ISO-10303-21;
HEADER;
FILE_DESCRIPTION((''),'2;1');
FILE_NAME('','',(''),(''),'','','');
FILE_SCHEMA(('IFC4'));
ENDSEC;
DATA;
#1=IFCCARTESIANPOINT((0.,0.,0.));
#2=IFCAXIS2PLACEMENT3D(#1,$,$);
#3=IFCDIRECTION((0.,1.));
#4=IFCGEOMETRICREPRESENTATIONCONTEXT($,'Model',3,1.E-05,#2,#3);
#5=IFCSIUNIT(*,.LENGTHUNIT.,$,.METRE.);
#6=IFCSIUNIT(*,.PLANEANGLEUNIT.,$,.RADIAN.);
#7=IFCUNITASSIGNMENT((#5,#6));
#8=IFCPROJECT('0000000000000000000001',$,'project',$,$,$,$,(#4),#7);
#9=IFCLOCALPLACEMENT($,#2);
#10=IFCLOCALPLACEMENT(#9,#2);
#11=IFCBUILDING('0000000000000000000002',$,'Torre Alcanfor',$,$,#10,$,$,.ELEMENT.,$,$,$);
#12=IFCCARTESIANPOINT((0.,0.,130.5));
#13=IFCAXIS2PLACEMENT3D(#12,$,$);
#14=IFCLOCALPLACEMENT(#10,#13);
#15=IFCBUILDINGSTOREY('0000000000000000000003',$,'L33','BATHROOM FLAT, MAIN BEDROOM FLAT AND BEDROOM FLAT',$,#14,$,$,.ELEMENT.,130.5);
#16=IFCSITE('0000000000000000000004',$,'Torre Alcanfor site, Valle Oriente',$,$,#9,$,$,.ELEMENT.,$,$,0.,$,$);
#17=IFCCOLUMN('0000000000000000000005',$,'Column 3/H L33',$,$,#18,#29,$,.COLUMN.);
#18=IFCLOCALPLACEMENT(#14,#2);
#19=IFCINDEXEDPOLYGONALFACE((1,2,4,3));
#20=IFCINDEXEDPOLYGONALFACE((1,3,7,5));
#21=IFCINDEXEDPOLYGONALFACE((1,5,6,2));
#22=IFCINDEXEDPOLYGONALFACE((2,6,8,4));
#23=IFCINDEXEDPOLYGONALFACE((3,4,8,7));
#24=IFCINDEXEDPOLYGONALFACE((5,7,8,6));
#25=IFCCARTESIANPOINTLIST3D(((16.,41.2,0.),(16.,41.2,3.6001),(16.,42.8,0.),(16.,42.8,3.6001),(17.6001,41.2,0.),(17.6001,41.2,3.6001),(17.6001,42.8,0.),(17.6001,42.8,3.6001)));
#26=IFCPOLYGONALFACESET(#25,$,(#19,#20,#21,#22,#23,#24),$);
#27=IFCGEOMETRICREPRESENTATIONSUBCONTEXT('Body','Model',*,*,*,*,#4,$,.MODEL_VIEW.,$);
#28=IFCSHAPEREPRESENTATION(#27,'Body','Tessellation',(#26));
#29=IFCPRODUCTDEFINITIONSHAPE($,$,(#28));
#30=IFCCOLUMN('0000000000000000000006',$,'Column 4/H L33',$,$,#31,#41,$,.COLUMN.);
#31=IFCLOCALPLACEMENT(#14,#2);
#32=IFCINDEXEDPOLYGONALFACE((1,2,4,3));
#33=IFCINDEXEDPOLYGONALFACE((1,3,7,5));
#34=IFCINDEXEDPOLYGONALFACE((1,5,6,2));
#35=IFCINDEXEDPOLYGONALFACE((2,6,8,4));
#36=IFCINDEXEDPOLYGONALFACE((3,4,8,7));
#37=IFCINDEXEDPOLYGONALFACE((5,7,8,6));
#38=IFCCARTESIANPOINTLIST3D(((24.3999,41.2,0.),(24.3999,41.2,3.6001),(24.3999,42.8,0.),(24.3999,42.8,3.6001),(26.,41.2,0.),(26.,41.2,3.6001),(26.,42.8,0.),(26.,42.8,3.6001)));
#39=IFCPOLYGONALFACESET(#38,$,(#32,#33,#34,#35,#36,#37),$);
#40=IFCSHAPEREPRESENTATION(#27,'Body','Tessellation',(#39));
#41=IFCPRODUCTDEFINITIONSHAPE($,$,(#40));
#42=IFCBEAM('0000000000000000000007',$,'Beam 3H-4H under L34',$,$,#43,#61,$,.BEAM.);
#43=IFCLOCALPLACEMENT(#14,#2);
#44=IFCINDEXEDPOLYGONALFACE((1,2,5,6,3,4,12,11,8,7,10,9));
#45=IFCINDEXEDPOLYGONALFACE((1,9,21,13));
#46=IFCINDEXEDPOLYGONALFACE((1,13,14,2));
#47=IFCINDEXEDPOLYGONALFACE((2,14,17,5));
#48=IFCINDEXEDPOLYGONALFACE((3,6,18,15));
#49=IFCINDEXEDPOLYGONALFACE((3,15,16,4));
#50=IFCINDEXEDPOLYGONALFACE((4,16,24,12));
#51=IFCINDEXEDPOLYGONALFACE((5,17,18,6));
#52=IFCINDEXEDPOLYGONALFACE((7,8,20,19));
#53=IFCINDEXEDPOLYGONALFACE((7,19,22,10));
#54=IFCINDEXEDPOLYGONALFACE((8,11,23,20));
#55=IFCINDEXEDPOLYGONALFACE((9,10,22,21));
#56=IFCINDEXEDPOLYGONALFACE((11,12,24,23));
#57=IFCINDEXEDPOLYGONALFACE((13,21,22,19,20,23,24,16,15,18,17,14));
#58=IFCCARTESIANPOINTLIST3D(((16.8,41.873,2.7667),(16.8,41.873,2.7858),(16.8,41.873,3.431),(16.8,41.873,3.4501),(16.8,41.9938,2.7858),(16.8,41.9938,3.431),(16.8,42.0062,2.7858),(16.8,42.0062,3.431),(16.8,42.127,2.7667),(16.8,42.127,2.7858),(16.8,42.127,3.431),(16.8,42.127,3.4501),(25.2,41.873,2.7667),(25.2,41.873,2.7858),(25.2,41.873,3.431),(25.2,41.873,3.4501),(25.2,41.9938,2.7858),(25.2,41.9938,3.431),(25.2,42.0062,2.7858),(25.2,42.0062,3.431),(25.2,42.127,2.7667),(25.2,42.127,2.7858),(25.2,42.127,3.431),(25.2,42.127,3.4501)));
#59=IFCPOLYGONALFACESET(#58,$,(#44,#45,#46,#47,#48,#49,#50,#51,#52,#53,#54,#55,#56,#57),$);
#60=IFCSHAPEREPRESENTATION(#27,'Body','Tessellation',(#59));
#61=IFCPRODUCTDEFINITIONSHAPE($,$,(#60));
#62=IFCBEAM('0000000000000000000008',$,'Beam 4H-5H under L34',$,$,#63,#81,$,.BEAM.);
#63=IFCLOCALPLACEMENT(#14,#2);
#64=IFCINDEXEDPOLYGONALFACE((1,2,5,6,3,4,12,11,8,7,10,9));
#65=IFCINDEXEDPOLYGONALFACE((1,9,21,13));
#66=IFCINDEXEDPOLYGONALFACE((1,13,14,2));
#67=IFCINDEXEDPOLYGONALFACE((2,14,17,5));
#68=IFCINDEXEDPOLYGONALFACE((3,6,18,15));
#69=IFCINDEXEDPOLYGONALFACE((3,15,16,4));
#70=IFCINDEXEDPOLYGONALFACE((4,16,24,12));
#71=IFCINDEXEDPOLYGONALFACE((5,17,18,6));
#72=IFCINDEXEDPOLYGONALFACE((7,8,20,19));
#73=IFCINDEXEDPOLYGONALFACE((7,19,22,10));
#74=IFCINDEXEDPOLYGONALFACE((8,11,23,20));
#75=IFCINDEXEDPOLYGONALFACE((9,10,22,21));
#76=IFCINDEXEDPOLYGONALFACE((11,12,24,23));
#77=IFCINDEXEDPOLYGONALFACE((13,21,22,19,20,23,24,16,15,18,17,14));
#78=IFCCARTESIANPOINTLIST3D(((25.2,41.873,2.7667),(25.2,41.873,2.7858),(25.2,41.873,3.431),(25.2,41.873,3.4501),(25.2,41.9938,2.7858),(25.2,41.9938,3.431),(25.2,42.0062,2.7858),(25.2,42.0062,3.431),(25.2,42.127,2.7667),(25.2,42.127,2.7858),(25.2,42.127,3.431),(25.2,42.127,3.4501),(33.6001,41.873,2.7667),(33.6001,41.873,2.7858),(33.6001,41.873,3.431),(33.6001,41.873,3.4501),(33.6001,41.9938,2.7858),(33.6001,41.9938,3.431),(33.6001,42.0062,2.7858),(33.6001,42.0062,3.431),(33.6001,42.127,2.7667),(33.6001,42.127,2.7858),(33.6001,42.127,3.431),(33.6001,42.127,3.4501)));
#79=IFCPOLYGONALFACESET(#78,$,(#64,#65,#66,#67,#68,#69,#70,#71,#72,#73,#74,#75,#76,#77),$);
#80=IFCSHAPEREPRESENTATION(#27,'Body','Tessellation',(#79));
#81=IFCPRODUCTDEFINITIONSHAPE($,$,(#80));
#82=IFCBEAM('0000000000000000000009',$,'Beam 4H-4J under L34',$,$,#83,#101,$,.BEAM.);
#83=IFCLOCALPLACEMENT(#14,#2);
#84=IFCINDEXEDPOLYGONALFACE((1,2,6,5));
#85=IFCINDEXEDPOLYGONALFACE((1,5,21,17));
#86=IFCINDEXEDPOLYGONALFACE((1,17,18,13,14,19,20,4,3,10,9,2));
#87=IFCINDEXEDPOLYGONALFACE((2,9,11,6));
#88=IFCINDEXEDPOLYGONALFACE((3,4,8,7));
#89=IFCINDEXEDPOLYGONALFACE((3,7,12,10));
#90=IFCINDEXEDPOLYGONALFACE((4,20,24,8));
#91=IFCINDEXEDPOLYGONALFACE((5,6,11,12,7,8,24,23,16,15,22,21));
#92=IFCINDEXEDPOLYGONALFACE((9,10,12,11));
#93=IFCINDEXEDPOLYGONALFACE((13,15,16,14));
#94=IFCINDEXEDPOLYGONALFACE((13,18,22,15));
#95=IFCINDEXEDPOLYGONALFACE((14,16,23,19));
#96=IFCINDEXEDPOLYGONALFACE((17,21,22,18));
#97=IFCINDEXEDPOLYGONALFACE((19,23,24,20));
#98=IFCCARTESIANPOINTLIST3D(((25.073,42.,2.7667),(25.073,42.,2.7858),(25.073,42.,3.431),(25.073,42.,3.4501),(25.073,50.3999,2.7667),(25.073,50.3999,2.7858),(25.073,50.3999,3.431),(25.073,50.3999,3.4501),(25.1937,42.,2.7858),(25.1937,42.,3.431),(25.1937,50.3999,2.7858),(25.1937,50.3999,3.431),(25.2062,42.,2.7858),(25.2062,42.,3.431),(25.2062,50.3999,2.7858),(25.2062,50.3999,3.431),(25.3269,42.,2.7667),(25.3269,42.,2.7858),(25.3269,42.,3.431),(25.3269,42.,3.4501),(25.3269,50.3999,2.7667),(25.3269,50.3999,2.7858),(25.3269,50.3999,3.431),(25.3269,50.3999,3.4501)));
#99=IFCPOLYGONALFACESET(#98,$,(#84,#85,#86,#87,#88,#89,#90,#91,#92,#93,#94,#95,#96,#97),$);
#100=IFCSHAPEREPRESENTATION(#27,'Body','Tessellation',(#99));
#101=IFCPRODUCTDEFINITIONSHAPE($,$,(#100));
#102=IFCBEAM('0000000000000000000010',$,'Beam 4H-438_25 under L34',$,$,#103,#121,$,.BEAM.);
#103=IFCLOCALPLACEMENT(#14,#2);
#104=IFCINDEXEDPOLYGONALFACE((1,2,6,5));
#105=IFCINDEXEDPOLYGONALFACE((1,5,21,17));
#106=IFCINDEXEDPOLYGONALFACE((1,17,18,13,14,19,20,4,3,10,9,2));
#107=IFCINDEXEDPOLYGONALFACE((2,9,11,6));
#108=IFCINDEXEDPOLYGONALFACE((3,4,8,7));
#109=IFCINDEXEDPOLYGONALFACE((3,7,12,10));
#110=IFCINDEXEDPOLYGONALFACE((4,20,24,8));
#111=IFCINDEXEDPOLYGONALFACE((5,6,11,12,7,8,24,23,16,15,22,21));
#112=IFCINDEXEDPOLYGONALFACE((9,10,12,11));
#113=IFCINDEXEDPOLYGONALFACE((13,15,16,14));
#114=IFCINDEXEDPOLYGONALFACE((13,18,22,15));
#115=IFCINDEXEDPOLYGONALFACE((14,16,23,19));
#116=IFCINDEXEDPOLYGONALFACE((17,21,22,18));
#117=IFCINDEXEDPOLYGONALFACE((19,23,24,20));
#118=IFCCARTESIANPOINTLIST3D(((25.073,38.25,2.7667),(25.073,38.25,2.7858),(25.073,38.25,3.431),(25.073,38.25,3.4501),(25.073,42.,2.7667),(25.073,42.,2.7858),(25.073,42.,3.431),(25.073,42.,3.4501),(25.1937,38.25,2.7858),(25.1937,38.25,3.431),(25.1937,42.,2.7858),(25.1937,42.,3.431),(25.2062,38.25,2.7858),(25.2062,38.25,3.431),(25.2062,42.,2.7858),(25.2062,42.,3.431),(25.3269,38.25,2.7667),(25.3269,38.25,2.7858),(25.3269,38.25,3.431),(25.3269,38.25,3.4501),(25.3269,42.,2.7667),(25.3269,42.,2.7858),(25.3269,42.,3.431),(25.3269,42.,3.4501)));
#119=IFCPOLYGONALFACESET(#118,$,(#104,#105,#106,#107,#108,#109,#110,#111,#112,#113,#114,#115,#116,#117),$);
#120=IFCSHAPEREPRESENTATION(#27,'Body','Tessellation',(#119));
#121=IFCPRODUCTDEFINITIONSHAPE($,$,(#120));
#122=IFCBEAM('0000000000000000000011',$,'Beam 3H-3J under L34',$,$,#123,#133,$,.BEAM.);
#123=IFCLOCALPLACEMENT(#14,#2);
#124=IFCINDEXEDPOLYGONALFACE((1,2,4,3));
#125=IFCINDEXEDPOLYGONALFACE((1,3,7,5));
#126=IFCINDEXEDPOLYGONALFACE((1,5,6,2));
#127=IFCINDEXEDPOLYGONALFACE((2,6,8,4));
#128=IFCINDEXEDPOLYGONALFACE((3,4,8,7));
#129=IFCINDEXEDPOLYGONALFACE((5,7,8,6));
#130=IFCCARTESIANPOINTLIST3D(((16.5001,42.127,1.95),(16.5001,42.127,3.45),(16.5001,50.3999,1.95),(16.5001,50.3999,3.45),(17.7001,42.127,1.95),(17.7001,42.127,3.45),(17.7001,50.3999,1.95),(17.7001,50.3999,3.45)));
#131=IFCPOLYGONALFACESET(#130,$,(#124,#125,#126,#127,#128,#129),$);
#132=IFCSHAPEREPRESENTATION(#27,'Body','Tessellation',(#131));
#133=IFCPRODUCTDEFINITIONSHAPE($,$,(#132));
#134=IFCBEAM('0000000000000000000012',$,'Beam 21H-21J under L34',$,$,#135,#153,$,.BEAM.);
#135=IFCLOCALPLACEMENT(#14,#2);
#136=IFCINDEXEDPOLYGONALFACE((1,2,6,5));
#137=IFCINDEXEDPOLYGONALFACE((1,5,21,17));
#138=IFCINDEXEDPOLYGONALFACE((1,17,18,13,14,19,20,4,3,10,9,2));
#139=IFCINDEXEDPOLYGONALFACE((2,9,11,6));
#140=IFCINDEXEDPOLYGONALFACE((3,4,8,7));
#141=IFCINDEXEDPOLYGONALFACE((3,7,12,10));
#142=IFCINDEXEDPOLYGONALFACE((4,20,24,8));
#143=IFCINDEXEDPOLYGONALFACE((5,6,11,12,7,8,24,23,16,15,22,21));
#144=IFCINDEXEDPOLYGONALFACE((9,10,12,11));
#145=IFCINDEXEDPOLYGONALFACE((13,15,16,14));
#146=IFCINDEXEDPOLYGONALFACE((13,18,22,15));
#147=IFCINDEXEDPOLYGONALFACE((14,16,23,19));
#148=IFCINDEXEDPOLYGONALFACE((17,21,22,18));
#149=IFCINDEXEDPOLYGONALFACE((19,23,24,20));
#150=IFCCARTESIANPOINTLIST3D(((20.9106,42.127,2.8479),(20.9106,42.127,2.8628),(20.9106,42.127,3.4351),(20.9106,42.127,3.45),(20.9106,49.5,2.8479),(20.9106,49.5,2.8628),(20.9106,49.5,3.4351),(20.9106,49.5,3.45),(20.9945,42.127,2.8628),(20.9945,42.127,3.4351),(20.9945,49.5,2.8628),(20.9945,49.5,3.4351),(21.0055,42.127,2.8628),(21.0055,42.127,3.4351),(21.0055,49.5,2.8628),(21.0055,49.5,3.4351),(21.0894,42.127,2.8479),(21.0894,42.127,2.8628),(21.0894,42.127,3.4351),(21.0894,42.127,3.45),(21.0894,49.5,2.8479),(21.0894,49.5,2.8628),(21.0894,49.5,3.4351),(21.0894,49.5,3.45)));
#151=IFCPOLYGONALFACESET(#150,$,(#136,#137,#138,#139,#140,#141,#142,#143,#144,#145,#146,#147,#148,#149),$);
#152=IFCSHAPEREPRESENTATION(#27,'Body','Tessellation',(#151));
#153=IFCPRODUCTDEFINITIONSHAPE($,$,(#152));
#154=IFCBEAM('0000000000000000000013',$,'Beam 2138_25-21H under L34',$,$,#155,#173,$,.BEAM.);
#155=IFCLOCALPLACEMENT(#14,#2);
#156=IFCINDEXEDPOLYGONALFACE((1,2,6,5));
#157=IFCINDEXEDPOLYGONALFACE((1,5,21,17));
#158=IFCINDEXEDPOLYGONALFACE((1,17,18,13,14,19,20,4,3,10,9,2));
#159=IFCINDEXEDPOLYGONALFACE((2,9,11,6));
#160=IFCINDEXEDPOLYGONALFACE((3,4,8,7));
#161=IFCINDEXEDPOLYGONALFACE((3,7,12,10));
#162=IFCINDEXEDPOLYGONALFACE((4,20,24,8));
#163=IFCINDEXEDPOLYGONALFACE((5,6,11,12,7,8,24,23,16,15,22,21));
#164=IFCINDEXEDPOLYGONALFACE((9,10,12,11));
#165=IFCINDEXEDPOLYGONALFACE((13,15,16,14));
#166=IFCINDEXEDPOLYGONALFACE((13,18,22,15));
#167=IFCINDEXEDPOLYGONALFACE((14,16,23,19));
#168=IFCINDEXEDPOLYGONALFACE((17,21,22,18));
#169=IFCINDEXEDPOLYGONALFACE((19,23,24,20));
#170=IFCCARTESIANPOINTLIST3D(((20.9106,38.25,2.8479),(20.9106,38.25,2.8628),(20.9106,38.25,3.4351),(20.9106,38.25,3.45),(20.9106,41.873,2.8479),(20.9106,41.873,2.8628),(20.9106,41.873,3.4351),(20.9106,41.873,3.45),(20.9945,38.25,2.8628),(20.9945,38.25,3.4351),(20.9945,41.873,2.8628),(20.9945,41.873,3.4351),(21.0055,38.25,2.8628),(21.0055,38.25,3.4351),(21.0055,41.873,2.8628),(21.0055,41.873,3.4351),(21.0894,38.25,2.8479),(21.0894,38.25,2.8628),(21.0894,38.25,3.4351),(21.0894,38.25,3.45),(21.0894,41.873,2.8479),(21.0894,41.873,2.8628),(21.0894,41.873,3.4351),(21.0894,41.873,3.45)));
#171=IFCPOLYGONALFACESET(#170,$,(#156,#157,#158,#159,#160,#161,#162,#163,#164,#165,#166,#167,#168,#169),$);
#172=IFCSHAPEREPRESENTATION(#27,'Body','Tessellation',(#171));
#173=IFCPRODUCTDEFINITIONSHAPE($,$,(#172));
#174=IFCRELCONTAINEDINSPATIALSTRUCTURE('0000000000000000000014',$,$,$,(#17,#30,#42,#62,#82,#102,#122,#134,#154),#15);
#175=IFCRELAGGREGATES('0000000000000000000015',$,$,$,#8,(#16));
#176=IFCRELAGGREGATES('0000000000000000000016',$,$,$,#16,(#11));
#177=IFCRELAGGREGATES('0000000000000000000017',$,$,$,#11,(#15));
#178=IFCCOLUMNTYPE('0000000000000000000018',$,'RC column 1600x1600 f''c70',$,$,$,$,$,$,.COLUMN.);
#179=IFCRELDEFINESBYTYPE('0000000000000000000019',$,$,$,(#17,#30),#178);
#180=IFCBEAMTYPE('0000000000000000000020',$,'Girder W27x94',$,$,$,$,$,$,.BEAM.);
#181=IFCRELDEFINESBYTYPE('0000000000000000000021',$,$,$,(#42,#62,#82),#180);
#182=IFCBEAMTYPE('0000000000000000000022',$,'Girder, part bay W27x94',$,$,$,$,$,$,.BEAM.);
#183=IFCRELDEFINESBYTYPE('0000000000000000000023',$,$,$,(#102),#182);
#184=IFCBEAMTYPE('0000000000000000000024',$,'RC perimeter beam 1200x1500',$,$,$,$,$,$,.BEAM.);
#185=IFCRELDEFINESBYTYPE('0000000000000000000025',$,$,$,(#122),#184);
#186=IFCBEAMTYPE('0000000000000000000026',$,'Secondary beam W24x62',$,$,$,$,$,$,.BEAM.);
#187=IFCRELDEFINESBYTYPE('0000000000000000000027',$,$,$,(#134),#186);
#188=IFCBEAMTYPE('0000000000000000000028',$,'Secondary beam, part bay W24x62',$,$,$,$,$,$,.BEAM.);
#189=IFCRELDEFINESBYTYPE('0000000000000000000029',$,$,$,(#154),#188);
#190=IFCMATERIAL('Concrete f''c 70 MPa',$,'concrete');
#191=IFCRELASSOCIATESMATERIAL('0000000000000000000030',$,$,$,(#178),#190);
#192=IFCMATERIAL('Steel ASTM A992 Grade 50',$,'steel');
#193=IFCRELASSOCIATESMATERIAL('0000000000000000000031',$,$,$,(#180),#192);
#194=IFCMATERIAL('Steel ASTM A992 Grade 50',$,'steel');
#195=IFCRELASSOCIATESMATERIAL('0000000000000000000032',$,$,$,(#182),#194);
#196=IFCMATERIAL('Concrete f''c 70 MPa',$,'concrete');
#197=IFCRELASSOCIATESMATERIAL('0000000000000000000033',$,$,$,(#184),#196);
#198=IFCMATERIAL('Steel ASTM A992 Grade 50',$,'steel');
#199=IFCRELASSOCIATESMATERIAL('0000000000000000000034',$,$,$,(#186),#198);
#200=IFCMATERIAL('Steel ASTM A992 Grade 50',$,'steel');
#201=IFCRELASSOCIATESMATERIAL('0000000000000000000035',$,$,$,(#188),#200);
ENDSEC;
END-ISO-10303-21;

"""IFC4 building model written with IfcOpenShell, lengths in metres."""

from ifc_helpers import new_model, si_unit, direction, frame, origin, origin_2d, place, context, subcontext, project, spatial, rectangle, i_section, extrude, material, material_profile, profile_set, type_object, element, save


model = new_model("IFC4")

# Units and contexts
model_context = context("Model", 3, precision=1e-05, world=origin(), true_north=direction((0.0, 1.0)))
body_context = subcontext(model_context, "Body", "Model", "MODEL_VIEW")
ifc_project = project(units=[si_unit("LENGTHUNIT", "METRE"), si_unit("PLANEANGLEUNIT", "RADIAN")], contexts=[model_context])

# Site, building, storey
site_placement = place(None, origin())
site = spatial("IfcSite", under=ifc_project, at=site_placement, Name="Torre Alcanfor site, Valle Oriente", CompositionType="ELEMENT", RefElevation=0.0)
building_placement = place(site_placement, origin())
building = spatial("IfcBuilding", under=site, at=building_placement, Name="Torre Alcanfor", CompositionType="ELEMENT")
storey_placement = place(building_placement, frame((0.0, 0.0, 130.5)))
storey = spatial("IfcBuildingStorey", under=building, at=storey_placement, Name="L33", Description="BATHROOM FLAT, MAIN BEDROOM FLAT AND BEDROOM FLAT", CompositionType="ELEMENT", Elevation=130.5)

# Columns
ifc_material_1 = material(Name="Concrete f'c 70 MPa", Category="concrete")
ifc_material_profile_1 = material_profile(ifc_material_1, rectangle(XDim=1.6001, YDim=1.6001, at=origin_2d()), Name="1600x1600")
ifc_profile_set_1 = profile_set([ifc_material_profile_1], Name="Concrete f'c 70 MPa")
column_type = type_object("IfcColumnType", Name="RC column 1600x1600 f'c70", PredefinedType="COLUMN", material=ifc_profile_set_1)
for number, where, z_axis, x_axis, name in (
    (1, (16.8, 42.0, 0.0), (0.0, 0.0, 1.0), (1.0, 0.0, 0.0), "Column 3/H L33"),
    (2, (25.2, 42.0, 0.0), (0.0, 0.0, 1.0), (1.0, 0.0, 0.0), "Column 4/H L33"),
):
    element("IfcColumn", number, at=place(storey_placement, frame(where, z_axis=z_axis, x_axis=x_axis)), inside=storey, type_object=column_type, Name=name, PredefinedType="COLUMN", context=body_context, shape_type="SweptSolid", body=[
        extrude(rectangle(XDim=1.6001, YDim=1.6001, at=origin_2d()), origin(), (0.0, 0.0, 1.0), 3.6001),
    ])

# Beams
ifc_material_2 = material(Name="Steel ASTM A992 Grade 50", Category="steel")
ifc_material_profile_2 = material_profile(ifc_material_2, i_section(OverallWidth=0.2539, OverallDepth=0.6833, WebThickness=0.0125, FlangeThickness=0.019, at=origin_2d()), Name="W27x94")
ifc_profile_set_2 = profile_set([ifc_material_profile_2], Name="Steel ASTM A992 Grade 50")
beam_type_1 = type_object("IfcBeamType", Name="Girder W27x94", PredefinedType="BEAM", material=ifc_profile_set_2)
beam_1_placement = place(storey_placement, frame((16.8, 42.0, 3.1084), z_axis=(1.0, 0.0, 0.0), x_axis=(0.0, 1.0, 0.0)))
element("IfcBeam", 3, at=beam_1_placement, inside=storey, type_object=beam_type_1, Name="Beam 3H-4H under L34", PredefinedType="BEAM", context=body_context, shape_type="SweptSolid", body=[
    extrude(i_section(OverallWidth=0.2539, OverallDepth=0.6833, WebThickness=0.0125, FlangeThickness=0.019, at=origin_2d()), origin(), (0.0, 0.0, 1.0), 8.3999),
])
beam_2_placement = place(storey_placement, frame((25.2, 42.0, 3.1084), z_axis=(1.0, 0.0, 0.0), x_axis=(0.0, 1.0, 0.0)))
element("IfcBeam", 4, at=beam_2_placement, inside=storey, type_object=beam_type_1, Name="Beam 4H-5H under L34", PredefinedType="BEAM", context=body_context, shape_type="SweptSolid", body=[
    extrude(i_section(OverallWidth=0.2539, OverallDepth=0.6833, WebThickness=0.0125, FlangeThickness=0.019, at=origin_2d()), origin(), (0.0, 0.0, 1.0), 8.4001),
])
beam_3_placement = place(storey_placement, frame((25.2, 42.0, 3.1084), z_axis=(0.0, 1.0, 0.0), x_axis=(-1.0, 0.0, 0.0)))
element("IfcBeam", 5, at=beam_3_placement, inside=storey, type_object=beam_type_1, Name="Beam 4H-4J under L34", PredefinedType="BEAM", context=body_context, shape_type="SweptSolid", body=[
    extrude(i_section(OverallWidth=0.2539, OverallDepth=0.6833, WebThickness=0.0125, FlangeThickness=0.019, at=origin_2d()), origin(), (0.0, 0.0, 1.0), 8.3999),
])
ifc_material_3 = material(Name="Steel ASTM A992 Grade 50", Category="steel")
ifc_material_profile_3 = material_profile(ifc_material_3, i_section(OverallWidth=0.2539, OverallDepth=0.6833, WebThickness=0.0125, FlangeThickness=0.019, at=origin_2d()), Name="W27x94")
ifc_profile_set_3 = profile_set([ifc_material_profile_3], Name="Steel ASTM A992 Grade 50")
beam_type_2 = type_object("IfcBeamType", Name="Girder, part bay W27x94", PredefinedType="BEAM", material=ifc_profile_set_3)
beam_4_placement = place(storey_placement, frame((25.2, 42.0, 3.1084), z_axis=(0.0, -1.0, 0.0), x_axis=(1.0, 0.0, 0.0)))
element("IfcBeam", 6, at=beam_4_placement, inside=storey, type_object=beam_type_2, Name="Beam 4H-438_25 under L34", PredefinedType="BEAM", context=body_context, shape_type="SweptSolid", body=[
    extrude(i_section(OverallWidth=0.2539, OverallDepth=0.6833, WebThickness=0.0125, FlangeThickness=0.019, at=origin_2d()), origin(), (0.0, 0.0, 1.0), 3.75),
])
ifc_material_4 = material(Name="Concrete f'c 70 MPa", Category="concrete")
ifc_material_profile_4 = material_profile(ifc_material_4, rectangle(XDim=1.2, YDim=1.5, at=origin_2d()), Name="1200x1500")
ifc_profile_set_4 = profile_set([ifc_material_profile_4], Name="Concrete f'c 70 MPa")
beam_type_3 = type_object("IfcBeamType", Name="RC perimeter beam 1200x1500", PredefinedType="BEAM", material=ifc_profile_set_4)
beam_5_placement = place(storey_placement, frame((17.1001, 42.127, 2.7), z_axis=(0.0, 1.0, 0.0), x_axis=(-1.0, 0.0, 0.0)))
element("IfcBeam", 7, at=beam_5_placement, inside=storey, type_object=beam_type_3, Name="Beam 3H-3J under L34", PredefinedType="BEAM", context=body_context, shape_type="SweptSolid", body=[
    extrude(rectangle(XDim=1.2, YDim=1.5, at=origin_2d()), origin(), (0.0, 0.0, 1.0), 8.2729),
])
ifc_material_5 = material(Name="Steel ASTM A992 Grade 50", Category="steel")
ifc_material_profile_5 = material_profile(ifc_material_5, i_section(OverallWidth=0.1787, OverallDepth=0.6021, WebThickness=0.011, FlangeThickness=0.0149, at=origin_2d()), Name="W24x62")
ifc_profile_set_5 = profile_set([ifc_material_profile_5], Name="Steel ASTM A992 Grade 50")
beam_type_4 = type_object("IfcBeamType", Name="Secondary beam W24x62", PredefinedType="BEAM", material=ifc_profile_set_5)
beam_6_placement = place(storey_placement, frame((21.0, 42.127, 3.1489), z_axis=(0.0, 1.0, 0.0), x_axis=(-1.0, 0.0, 0.0)))
element("IfcBeam", 8, at=beam_6_placement, inside=storey, type_object=beam_type_4, Name="Beam 21H-21J under L34", PredefinedType="BEAM", context=body_context, shape_type="SweptSolid", body=[
    extrude(i_section(OverallWidth=0.1787, OverallDepth=0.6021, WebThickness=0.011, FlangeThickness=0.0149, at=origin_2d()), origin(), (0.0, 0.0, 1.0), 7.373),
])
ifc_material_6 = material(Name="Steel ASTM A992 Grade 50", Category="steel")
ifc_material_profile_6 = material_profile(ifc_material_6, i_section(OverallWidth=0.1787, OverallDepth=0.6021, WebThickness=0.011, FlangeThickness=0.0149, at=origin_2d()), Name="W24x62")
ifc_profile_set_6 = profile_set([ifc_material_profile_6], Name="Steel ASTM A992 Grade 50")
beam_type_5 = type_object("IfcBeamType", Name="Secondary beam, part bay W24x62", PredefinedType="BEAM", material=ifc_profile_set_6)
beam_7_placement = place(storey_placement, frame((21.0, 38.25, 3.1489), z_axis=(0.0, 1.0, 0.0), x_axis=(-1.0, 0.0, 0.0)))
element("IfcBeam", 9, at=beam_7_placement, inside=storey, type_object=beam_type_5, Name="Beam 2138_25-21H under L34", PredefinedType="BEAM", context=body_context, shape_type="SweptSolid", body=[
    extrude(i_section(OverallWidth=0.1787, OverallDepth=0.6021, WebThickness=0.011, FlangeThickness=0.0149, at=origin_2d()), origin(), (0.0, 0.0, 1.0), 3.623),
])

save(model, "model.ifc")
